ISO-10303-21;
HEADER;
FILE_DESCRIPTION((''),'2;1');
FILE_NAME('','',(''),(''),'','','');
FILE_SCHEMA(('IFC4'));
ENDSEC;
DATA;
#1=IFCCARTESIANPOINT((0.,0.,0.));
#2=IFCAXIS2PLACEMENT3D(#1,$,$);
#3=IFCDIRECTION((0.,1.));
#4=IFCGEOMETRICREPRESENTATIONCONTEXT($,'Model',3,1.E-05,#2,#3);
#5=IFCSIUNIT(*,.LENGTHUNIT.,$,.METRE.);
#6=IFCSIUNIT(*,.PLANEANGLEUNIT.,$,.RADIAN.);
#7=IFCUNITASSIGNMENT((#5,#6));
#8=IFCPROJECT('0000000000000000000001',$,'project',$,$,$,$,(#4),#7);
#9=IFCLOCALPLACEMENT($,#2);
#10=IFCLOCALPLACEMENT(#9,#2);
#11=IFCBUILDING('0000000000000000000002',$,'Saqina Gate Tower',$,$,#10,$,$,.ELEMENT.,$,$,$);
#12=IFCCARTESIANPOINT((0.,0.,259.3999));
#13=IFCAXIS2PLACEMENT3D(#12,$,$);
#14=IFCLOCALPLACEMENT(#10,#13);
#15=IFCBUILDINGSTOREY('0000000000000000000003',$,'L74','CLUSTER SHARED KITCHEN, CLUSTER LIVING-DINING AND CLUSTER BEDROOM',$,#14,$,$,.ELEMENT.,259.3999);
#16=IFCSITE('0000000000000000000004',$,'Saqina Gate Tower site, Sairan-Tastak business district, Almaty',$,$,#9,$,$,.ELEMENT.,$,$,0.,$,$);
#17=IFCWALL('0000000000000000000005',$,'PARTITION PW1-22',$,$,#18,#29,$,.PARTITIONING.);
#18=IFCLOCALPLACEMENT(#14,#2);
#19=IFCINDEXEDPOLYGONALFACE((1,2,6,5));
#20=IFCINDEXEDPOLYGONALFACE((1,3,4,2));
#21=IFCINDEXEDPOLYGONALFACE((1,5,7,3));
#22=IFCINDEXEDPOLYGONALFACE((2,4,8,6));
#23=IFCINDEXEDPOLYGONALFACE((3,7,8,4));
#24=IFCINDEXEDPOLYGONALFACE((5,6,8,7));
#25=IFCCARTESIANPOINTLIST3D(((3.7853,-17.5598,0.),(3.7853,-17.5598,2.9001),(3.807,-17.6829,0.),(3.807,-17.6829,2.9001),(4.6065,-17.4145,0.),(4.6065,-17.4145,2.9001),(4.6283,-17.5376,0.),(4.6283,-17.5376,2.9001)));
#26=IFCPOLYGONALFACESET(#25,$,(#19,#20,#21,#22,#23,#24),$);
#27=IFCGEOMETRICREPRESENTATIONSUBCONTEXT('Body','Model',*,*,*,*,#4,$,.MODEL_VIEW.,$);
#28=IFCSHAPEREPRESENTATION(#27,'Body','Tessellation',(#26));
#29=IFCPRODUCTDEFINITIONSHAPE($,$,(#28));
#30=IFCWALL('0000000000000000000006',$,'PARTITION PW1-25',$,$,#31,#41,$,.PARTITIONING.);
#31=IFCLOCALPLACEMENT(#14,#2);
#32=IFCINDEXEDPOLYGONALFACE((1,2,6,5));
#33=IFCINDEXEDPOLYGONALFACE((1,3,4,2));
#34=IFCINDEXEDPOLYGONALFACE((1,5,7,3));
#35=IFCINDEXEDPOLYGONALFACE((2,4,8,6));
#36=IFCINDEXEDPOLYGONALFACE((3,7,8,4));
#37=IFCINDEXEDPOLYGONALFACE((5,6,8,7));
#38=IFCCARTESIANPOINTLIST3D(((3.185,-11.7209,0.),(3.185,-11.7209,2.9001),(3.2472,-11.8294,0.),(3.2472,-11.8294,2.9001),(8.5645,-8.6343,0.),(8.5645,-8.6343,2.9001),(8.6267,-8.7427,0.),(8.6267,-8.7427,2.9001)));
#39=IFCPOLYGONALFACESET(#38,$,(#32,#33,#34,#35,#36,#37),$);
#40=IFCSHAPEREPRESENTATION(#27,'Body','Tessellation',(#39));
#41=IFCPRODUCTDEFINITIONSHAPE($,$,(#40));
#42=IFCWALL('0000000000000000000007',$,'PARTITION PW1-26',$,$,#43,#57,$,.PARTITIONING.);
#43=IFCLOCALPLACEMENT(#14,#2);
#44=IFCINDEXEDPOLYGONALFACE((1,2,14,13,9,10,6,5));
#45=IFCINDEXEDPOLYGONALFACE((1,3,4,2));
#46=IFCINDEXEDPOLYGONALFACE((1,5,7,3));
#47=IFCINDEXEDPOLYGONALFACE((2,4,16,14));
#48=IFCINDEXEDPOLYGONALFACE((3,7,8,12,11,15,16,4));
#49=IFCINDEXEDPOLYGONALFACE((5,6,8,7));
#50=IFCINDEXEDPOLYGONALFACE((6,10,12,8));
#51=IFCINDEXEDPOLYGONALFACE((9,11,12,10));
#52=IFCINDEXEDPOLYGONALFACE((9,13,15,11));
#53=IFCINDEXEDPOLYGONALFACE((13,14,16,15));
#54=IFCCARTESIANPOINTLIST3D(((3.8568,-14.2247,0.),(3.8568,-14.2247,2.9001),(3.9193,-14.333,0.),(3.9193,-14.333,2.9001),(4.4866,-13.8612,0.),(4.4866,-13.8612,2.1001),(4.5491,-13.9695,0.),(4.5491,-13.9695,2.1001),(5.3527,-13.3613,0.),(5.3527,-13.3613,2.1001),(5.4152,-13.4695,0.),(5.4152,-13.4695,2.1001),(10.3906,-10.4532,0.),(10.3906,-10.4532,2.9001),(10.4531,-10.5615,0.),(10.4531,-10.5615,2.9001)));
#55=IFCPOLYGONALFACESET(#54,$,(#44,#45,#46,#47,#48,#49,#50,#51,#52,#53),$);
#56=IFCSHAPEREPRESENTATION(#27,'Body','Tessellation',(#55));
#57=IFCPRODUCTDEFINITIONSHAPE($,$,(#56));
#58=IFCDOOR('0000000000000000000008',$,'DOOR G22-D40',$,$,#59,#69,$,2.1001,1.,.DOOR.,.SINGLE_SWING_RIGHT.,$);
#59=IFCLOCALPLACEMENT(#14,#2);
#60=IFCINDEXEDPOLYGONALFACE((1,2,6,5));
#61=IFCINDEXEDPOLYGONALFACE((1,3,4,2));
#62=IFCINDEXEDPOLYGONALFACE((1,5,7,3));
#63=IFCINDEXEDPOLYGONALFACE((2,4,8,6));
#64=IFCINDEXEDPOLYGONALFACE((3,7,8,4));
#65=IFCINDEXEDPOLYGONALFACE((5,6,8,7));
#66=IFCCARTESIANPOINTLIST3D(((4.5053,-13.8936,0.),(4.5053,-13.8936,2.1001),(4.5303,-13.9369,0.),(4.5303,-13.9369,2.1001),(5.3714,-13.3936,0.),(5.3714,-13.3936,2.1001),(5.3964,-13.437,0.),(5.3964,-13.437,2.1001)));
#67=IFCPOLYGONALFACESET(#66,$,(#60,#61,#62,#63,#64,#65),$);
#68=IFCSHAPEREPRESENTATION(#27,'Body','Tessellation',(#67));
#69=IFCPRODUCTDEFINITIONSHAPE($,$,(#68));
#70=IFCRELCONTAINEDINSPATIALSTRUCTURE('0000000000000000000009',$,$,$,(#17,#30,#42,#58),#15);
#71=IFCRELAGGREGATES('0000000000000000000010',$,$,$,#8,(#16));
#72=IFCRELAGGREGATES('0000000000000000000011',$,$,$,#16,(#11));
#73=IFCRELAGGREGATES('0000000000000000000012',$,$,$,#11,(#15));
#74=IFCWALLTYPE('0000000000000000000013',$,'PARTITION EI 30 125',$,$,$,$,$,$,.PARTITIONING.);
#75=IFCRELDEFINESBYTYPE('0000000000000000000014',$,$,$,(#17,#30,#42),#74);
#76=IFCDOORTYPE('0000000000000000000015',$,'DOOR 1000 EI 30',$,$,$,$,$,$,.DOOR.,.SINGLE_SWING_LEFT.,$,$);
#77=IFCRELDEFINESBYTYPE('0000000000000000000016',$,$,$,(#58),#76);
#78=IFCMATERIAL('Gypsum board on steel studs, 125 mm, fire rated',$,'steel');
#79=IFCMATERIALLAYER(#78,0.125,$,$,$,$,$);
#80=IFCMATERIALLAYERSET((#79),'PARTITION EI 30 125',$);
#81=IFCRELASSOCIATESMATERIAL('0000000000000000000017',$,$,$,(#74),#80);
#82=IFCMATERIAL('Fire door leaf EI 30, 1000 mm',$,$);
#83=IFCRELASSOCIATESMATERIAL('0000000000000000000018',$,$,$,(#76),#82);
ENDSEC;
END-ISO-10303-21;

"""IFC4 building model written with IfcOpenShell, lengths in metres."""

from ifc_helpers import new_model, si_unit, direction, frame, frame_2d, origin, place, context, subcontext, project, spatial, rectangle, extrude, material, layer, layer_set, type_object, element, fill, save


model = new_model("IFC4")

# Units and contexts
model_context = context("Model", 3, precision=1e-05, world=origin(), true_north=direction((0.0, 1.0)))
body_context = subcontext(model_context, "Body", "Model", "MODEL_VIEW")
ifc_project = project(units=[si_unit("LENGTHUNIT", "METRE"), si_unit("PLANEANGLEUNIT", "RADIAN")], contexts=[model_context])

# Site, building, storey
site_placement = place(None, origin())
site = spatial("IfcSite", under=ifc_project, at=site_placement, Name="Saqina Gate Tower site, Sairan-Tastak business district, Almaty", CompositionType="ELEMENT", RefElevation=0.0)
building_placement = place(site_placement, origin())
building = spatial("IfcBuilding", under=site, at=building_placement, Name="Saqina Gate Tower", CompositionType="ELEMENT")
storey_placement = place(building_placement, frame((0.0, 0.0, 259.3999)))
storey = spatial("IfcBuildingStorey", under=building, at=storey_placement, Name="L74", Description="CLUSTER SHARED KITCHEN, CLUSTER LIVING-DINING AND CLUSTER BEDROOM", CompositionType="ELEMENT", Elevation=259.3999)

# Shared definitions
ifc_material_1 = material(Name="Gypsum board on steel studs, 125 mm, fire rated", Category="steel")
ifc_layer_1 = layer(ifc_material_1, 0.125)
ifc_layer_set_1 = layer_set([ifc_layer_1], Name="PARTITION EI 30 125")
wall_type_1 = type_object("IfcWallType", Name="PARTITION EI 30 125", PredefinedType="PARTITIONING", material=ifc_layer_set_1)

# Walls
wall_1_placement = place(storey_placement, frame((3.7961, -17.6213, 0.0), z_axis=(0.0, 0.0, 1.0), x_axis=(0.984716, 0.174169, 0.0)))
element("IfcWall", 1, at=wall_1_placement, inside=storey, type_object=wall_type_1, Name="PARTITION PW1-22", PredefinedType="PARTITIONING", context=body_context, shape_type="SweptSolid", body=[
    extrude(rectangle(XDim=0.834, YDim=0.125, at=frame_2d((0.417, 0.0))), origin(), (0.0, 0.0, 1.0), 2.9001),
])
wall_2_placement = place(storey_placement, frame((3.2161, -11.7751, 0.0), z_axis=(0.0, 0.0, 1.0), x_axis=(0.867367, 0.497668, 0.0)))
element("IfcWall", 2, at=wall_2_placement, inside=storey, type_object=wall_type_1, Name="PARTITION PW1-25", PredefinedType="PARTITIONING", context=body_context, shape_type="SweptSolid", body=[
    extrude(rectangle(XDim=6.2021, YDim=0.125, at=frame_2d((3.1011, 0.0))), origin(), (0.0, 0.0, 1.0), 2.9001),
])

# Wall, opening, door
wall_3_placement = place(storey_placement, frame((3.8882, -14.2788, 0.0), z_axis=(0.0, 0.0, 1.0), x_axis=(0.866068, 0.499926, 0.0)))
wall_3 = element("IfcWall", 3, at=wall_3_placement, inside=storey, type_object=wall_type_1, Name="PARTITION PW1-26", PredefinedType="PARTITIONING", context=body_context, shape_type="SweptSolid", body=[
    extrude(rectangle(XDim=7.5442, YDim=0.125, at=frame_2d((3.772, 0.0))), origin(), (0.0, 0.0, 1.0), 2.9001),
])
opening_1_placement = place(wall_3_placement, frame((0.7271, 0.0, 0.0)))
opening_1 = element("IfcOpeningElement", 4, at=opening_1_placement, cuts=wall_3, PredefinedType="OPENING", context=body_context, shape_type="SweptSolid", body=[
    extrude(rectangle(XDim=1.0, YDim=2.1001, at=frame_2d((0.5, 1.05))), frame((0.0, 0.0745, 0.0), z_axis=(0.0, -1.0, 0.0), x_axis=(1.0, 0.0, 0.0)), (0.0, 0.0, 1.0), 0.1489),
])
ifc_material_2 = material(Name="Fire door leaf EI 30, 1000 mm")
door_type_1 = type_object("IfcDoorType", Name="DOOR 1000 EI 30", OperationType="SINGLE_SWING_LEFT", PredefinedType="DOOR", material=ifc_material_2)
door_1_placement = place(opening_1_placement, frame((1.0, 0.0, 0.0), z_axis=(0.0, 0.0, 1.0), x_axis=(-1.0, 0.0, 0.0)))
door_1 = element("IfcDoor", 5, at=door_1_placement, inside=storey, type_object=door_type_1, Name="DOOR G22-D40", OperationType="SINGLE_SWING_RIGHT", OverallHeight=2.1001, OverallWidth=1.0, PredefinedType="DOOR", context=body_context, shape_type="SweptSolid", body=[
    extrude(rectangle(XDim=1.0, YDim=2.1001, at=frame_2d((0.5, 1.05))), frame((0.0, 0.0249, 0.0), z_axis=(0.0, -1.0, 0.0), x_axis=(1.0, 0.0, 0.0)), (0.0, 0.0, 1.0), 0.05),
])
fill(opening_1, door_1)

save(model, "model.ifc")
